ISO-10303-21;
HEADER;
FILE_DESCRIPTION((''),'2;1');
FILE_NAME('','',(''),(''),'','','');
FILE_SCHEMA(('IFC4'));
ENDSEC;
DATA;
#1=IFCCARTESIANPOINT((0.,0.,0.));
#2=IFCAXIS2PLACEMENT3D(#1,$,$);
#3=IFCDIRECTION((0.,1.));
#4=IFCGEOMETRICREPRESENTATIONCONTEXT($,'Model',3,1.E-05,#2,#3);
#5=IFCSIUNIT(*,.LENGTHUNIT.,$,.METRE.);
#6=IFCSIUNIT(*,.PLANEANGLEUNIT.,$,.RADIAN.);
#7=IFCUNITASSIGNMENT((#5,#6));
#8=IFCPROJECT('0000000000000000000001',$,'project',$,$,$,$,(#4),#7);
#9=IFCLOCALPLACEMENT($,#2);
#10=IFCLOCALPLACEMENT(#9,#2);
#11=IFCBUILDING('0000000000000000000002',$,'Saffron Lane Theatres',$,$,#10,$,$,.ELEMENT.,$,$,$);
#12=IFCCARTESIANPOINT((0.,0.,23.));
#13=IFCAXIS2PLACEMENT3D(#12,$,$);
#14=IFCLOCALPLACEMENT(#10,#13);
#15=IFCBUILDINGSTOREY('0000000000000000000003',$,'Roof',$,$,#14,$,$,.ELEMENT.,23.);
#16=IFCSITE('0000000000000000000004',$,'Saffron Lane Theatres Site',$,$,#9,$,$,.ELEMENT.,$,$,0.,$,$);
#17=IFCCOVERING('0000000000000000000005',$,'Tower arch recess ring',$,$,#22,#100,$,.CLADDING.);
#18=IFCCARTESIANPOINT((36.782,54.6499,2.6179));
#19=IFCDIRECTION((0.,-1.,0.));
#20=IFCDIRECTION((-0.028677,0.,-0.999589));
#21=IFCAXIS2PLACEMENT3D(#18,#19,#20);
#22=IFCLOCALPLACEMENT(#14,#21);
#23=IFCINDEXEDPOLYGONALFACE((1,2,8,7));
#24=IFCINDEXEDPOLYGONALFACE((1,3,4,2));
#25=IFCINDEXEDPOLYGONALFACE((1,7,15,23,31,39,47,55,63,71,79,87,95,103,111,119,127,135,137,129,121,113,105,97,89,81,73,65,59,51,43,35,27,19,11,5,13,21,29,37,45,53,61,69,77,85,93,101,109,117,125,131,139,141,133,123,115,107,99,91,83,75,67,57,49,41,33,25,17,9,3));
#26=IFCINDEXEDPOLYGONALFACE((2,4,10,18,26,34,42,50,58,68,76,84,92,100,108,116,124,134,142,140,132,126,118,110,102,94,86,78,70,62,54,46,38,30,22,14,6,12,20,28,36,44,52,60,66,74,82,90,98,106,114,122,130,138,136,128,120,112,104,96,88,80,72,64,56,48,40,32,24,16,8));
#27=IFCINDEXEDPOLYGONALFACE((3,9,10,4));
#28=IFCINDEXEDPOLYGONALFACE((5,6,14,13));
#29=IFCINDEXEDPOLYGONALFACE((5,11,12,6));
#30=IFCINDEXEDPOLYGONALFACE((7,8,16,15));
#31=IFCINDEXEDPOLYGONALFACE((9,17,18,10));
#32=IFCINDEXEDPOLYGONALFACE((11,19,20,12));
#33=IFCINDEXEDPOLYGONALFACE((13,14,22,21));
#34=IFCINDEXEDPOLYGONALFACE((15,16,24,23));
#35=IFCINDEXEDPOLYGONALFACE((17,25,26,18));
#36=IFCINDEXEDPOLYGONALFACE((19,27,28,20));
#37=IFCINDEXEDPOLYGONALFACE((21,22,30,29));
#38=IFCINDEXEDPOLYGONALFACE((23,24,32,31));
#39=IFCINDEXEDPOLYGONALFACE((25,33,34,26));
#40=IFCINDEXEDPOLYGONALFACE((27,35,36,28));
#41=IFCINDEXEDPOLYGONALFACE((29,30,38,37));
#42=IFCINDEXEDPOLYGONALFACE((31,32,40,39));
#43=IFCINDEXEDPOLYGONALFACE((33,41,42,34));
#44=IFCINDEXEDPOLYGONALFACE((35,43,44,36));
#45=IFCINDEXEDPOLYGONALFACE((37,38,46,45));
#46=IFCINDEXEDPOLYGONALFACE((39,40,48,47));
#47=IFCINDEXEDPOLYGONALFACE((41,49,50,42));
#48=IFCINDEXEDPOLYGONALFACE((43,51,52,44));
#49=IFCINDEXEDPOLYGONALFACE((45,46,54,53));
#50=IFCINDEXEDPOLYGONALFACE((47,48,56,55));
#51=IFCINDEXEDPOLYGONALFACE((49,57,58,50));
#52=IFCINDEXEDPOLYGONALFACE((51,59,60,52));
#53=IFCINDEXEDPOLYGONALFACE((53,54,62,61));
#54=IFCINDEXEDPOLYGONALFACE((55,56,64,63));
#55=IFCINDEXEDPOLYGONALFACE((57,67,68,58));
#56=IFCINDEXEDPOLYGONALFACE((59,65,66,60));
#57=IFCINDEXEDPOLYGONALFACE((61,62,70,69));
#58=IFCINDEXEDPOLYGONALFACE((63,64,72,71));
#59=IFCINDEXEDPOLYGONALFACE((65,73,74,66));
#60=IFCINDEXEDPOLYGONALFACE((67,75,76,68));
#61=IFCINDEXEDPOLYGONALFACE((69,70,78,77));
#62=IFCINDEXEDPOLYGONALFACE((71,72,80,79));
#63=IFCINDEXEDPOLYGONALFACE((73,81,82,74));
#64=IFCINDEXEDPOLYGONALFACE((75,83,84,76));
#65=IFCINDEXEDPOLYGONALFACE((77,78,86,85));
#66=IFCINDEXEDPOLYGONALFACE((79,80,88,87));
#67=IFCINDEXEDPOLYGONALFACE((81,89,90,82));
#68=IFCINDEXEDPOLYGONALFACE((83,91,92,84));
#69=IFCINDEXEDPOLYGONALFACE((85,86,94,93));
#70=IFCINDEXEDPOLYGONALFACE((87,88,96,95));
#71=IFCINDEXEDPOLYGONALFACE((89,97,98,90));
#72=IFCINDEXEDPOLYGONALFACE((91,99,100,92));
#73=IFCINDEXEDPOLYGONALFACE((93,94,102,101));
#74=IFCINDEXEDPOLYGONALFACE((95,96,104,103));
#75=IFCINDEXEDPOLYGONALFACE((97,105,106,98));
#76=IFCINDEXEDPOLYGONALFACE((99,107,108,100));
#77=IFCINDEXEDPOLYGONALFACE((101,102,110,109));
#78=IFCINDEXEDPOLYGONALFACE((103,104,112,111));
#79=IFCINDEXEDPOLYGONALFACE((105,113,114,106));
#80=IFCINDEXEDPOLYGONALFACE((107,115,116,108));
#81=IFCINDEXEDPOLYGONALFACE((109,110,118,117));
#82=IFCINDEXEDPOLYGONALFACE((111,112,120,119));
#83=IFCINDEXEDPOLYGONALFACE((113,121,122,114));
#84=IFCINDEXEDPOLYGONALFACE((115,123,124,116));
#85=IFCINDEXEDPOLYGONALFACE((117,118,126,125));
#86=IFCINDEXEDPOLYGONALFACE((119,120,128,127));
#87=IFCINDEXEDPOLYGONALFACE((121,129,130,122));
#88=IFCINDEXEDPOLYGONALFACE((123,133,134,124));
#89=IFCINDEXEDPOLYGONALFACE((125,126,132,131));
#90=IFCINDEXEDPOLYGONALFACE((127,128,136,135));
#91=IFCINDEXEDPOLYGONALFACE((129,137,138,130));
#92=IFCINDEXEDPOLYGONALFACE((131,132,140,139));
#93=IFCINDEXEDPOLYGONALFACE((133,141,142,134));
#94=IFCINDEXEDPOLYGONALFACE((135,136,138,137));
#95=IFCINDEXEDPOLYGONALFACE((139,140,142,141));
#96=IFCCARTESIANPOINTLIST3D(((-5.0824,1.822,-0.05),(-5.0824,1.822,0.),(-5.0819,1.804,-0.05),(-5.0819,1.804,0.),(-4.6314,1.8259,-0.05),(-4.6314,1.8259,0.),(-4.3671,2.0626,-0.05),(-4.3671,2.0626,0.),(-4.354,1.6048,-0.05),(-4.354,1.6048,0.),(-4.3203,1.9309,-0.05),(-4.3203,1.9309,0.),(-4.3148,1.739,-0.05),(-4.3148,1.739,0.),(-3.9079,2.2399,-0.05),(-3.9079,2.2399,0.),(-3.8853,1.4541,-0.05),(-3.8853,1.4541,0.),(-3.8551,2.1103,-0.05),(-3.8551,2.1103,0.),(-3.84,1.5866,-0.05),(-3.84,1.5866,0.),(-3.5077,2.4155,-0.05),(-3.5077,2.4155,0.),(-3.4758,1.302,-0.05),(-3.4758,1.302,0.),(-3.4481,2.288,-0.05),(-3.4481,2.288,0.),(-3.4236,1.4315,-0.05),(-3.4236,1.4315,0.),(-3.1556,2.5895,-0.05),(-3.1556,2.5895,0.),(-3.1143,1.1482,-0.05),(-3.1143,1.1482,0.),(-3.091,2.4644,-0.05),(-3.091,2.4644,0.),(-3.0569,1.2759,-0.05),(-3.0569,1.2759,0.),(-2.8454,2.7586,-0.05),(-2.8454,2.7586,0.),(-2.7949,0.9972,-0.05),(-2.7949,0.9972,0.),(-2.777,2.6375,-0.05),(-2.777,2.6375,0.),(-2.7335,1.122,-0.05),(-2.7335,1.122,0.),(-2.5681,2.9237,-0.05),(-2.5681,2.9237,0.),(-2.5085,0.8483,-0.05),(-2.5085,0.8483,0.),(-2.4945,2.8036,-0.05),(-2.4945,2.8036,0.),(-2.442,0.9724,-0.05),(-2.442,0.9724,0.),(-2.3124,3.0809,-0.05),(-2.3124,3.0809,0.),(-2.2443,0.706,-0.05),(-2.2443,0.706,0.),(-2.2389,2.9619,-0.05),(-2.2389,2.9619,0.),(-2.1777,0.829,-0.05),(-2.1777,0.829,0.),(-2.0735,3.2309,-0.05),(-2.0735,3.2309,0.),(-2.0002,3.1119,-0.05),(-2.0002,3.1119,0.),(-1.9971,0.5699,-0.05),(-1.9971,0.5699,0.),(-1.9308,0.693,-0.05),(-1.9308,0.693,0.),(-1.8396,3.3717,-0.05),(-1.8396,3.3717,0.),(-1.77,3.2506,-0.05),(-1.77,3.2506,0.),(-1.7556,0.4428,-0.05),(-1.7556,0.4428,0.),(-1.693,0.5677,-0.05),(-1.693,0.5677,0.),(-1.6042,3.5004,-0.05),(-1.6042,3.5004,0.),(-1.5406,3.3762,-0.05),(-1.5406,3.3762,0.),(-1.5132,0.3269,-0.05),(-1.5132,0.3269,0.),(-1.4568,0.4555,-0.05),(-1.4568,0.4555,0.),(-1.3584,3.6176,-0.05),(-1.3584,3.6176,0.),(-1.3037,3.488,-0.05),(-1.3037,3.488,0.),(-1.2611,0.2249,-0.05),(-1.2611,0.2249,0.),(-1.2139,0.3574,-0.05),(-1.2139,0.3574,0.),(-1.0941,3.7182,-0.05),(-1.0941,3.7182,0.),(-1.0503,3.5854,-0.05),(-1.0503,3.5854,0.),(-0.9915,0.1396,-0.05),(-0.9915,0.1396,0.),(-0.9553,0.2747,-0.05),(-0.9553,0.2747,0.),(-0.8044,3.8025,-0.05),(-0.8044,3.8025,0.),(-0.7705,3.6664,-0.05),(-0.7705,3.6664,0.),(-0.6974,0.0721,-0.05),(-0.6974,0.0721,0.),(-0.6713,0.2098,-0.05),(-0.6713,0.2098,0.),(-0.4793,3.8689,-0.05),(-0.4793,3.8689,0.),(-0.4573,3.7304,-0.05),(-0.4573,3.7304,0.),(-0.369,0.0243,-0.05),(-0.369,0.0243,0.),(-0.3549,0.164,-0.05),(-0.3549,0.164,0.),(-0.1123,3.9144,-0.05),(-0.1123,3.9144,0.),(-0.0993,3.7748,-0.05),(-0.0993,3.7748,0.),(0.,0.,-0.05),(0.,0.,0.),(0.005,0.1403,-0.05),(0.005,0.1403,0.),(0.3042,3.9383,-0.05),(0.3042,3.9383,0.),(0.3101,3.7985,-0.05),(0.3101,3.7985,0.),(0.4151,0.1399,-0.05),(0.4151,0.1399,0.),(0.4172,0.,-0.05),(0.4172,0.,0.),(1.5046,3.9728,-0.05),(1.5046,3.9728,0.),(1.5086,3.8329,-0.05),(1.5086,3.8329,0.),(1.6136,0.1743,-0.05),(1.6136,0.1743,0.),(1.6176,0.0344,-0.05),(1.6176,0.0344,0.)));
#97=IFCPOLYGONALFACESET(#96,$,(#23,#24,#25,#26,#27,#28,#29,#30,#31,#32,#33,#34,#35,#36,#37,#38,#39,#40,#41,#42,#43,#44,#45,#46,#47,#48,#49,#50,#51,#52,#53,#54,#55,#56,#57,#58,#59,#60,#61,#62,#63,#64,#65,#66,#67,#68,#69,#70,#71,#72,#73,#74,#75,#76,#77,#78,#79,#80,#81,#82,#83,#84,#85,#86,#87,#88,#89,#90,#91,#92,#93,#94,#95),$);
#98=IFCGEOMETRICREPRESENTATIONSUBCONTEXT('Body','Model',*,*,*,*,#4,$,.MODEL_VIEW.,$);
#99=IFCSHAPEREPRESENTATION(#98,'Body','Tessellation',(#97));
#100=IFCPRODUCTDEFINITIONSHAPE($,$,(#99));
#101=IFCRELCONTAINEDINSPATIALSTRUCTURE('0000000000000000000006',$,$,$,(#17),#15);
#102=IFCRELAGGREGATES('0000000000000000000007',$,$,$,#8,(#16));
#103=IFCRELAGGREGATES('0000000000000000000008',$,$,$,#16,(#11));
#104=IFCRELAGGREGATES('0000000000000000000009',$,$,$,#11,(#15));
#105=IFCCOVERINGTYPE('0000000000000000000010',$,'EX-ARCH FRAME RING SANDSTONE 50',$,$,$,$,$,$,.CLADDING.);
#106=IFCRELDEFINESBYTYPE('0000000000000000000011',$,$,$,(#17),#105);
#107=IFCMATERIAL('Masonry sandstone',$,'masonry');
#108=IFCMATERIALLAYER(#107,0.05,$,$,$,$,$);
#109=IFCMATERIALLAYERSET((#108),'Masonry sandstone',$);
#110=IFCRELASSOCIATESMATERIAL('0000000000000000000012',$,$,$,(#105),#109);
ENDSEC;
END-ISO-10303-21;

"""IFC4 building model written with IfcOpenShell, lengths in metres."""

from ifc_helpers import new_model, si_unit, direction, frame, origin, place, context, subcontext, project, spatial, polyline, outline, extrude, material, layer, layer_set, type_object, element, save


model = new_model("IFC4")

# Units and contexts
model_context = context("Model", 3, precision=1e-05, world=origin(), true_north=direction((0.0, 1.0)))
body_context = subcontext(model_context, "Body", "Model", "MODEL_VIEW")
ifc_project = project(units=[si_unit("LENGTHUNIT", "METRE"), si_unit("PLANEANGLEUNIT", "RADIAN")], contexts=[model_context])

# Site, building, storey
site_placement = place(None, origin())
site = spatial("IfcSite", under=ifc_project, at=site_placement, Name="Saffron Lane Theatres Site", CompositionType="ELEMENT", RefElevation=0.0)
building_placement = place(site_placement, origin())
building = spatial("IfcBuilding", under=site, at=building_placement, Name="Saffron Lane Theatres", CompositionType="ELEMENT")
storey_placement = place(building_placement, frame((0.0, 0.0, 23.0)))
storey = spatial("IfcBuildingStorey", under=building, at=storey_placement, Name="Roof", CompositionType="ELEMENT", Elevation=23.0)

# Covering
ifc_material_1 = material(Name="Masonry sandstone", Category="masonry")
ifc_layer_1 = layer(ifc_material_1, 0.05)
ifc_layer_set_1 = layer_set([ifc_layer_1], Name="Masonry sandstone")
covering_type_1 = type_object("IfcCoveringType", Name="EX-ARCH FRAME RING SANDSTONE 50", PredefinedType="CLADDING", material=ifc_layer_set_1)
covering_1_placement = place(storey_placement, frame((36.782, 54.6499, 2.6179), z_axis=(0.0, -1.0, 0.0), x_axis=(-0.028677, 0.0, -0.999589)))
element("IfcCovering", 1, at=covering_1_placement, inside=storey, type_object=covering_type_1, Name="Tower arch recess ring", PredefinedType="CLADDING", context=body_context, shape_type="SweptSolid", body=[
    extrude(outline(polyline([(0.0, 0.0), (0.4172, 0.0), (1.6176, 0.0344), (1.6136, 0.1743), (0.4151, 0.1399), (0.005, 0.1403), (-0.3549, 0.164), (-0.6713, 0.2098), (-0.9553, 0.2747), (-1.2139, 0.3574), (-1.4568, 0.4555), (-1.693, 0.5677), (-1.9308, 0.693), (-2.1777, 0.829), (-2.442, 0.9724), (-2.7335, 1.122), (-3.0569, 1.2759), (-3.4236, 1.4315), (-3.84, 1.5866), (-4.3148, 1.739), (-4.6314, 1.8259), (-4.3203, 1.9309), (-3.8551, 2.1103), (-3.4481, 2.288), (-3.091, 2.4644), (-2.777, 2.6375), (-2.4945, 2.8036), (-2.2389, 2.9619), (-2.0002, 3.1119), (-1.77, 3.2506), (-1.5406, 3.3762), (-1.3037, 3.488), (-1.0503, 3.5854), (-0.7705, 3.6664), (-0.4573, 3.7304), (-0.0993, 3.7748), (0.3101, 3.7985), (1.5086, 3.8329), (1.5046, 3.9728), (0.3042, 3.9383), (-0.1123, 3.9144), (-0.4793, 3.8689), (-0.8044, 3.8025), (-1.0941, 3.7182), (-1.3584, 3.6176), (-1.6042, 3.5004), (-1.8396, 3.3717), (-2.0735, 3.2309), (-2.3124, 3.0809), (-2.5681, 2.9237), (-2.8454, 2.7586), (-3.1556, 2.5895), (-3.5077, 2.4155), (-3.9079, 2.2399), (-4.3671, 2.0626), (-5.0824, 1.822), (-5.0819, 1.804), (-4.354, 1.6048), (-3.8853, 1.4541), (-3.4758, 1.302), (-3.1143, 1.1482), (-2.7949, 0.9972), (-2.5085, 0.8483), (-2.2443, 0.706), (-1.9971, 0.5699), (-1.7556, 0.4428), (-1.5132, 0.3269), (-1.2611, 0.2249), (-0.9915, 0.1396), (-0.6974, 0.0721), (-0.369, 0.0243), (0.0, 0.0)])), origin(), (0.0, 0.0, -1.0), 0.05),
])

save(model, "model.ifc")
